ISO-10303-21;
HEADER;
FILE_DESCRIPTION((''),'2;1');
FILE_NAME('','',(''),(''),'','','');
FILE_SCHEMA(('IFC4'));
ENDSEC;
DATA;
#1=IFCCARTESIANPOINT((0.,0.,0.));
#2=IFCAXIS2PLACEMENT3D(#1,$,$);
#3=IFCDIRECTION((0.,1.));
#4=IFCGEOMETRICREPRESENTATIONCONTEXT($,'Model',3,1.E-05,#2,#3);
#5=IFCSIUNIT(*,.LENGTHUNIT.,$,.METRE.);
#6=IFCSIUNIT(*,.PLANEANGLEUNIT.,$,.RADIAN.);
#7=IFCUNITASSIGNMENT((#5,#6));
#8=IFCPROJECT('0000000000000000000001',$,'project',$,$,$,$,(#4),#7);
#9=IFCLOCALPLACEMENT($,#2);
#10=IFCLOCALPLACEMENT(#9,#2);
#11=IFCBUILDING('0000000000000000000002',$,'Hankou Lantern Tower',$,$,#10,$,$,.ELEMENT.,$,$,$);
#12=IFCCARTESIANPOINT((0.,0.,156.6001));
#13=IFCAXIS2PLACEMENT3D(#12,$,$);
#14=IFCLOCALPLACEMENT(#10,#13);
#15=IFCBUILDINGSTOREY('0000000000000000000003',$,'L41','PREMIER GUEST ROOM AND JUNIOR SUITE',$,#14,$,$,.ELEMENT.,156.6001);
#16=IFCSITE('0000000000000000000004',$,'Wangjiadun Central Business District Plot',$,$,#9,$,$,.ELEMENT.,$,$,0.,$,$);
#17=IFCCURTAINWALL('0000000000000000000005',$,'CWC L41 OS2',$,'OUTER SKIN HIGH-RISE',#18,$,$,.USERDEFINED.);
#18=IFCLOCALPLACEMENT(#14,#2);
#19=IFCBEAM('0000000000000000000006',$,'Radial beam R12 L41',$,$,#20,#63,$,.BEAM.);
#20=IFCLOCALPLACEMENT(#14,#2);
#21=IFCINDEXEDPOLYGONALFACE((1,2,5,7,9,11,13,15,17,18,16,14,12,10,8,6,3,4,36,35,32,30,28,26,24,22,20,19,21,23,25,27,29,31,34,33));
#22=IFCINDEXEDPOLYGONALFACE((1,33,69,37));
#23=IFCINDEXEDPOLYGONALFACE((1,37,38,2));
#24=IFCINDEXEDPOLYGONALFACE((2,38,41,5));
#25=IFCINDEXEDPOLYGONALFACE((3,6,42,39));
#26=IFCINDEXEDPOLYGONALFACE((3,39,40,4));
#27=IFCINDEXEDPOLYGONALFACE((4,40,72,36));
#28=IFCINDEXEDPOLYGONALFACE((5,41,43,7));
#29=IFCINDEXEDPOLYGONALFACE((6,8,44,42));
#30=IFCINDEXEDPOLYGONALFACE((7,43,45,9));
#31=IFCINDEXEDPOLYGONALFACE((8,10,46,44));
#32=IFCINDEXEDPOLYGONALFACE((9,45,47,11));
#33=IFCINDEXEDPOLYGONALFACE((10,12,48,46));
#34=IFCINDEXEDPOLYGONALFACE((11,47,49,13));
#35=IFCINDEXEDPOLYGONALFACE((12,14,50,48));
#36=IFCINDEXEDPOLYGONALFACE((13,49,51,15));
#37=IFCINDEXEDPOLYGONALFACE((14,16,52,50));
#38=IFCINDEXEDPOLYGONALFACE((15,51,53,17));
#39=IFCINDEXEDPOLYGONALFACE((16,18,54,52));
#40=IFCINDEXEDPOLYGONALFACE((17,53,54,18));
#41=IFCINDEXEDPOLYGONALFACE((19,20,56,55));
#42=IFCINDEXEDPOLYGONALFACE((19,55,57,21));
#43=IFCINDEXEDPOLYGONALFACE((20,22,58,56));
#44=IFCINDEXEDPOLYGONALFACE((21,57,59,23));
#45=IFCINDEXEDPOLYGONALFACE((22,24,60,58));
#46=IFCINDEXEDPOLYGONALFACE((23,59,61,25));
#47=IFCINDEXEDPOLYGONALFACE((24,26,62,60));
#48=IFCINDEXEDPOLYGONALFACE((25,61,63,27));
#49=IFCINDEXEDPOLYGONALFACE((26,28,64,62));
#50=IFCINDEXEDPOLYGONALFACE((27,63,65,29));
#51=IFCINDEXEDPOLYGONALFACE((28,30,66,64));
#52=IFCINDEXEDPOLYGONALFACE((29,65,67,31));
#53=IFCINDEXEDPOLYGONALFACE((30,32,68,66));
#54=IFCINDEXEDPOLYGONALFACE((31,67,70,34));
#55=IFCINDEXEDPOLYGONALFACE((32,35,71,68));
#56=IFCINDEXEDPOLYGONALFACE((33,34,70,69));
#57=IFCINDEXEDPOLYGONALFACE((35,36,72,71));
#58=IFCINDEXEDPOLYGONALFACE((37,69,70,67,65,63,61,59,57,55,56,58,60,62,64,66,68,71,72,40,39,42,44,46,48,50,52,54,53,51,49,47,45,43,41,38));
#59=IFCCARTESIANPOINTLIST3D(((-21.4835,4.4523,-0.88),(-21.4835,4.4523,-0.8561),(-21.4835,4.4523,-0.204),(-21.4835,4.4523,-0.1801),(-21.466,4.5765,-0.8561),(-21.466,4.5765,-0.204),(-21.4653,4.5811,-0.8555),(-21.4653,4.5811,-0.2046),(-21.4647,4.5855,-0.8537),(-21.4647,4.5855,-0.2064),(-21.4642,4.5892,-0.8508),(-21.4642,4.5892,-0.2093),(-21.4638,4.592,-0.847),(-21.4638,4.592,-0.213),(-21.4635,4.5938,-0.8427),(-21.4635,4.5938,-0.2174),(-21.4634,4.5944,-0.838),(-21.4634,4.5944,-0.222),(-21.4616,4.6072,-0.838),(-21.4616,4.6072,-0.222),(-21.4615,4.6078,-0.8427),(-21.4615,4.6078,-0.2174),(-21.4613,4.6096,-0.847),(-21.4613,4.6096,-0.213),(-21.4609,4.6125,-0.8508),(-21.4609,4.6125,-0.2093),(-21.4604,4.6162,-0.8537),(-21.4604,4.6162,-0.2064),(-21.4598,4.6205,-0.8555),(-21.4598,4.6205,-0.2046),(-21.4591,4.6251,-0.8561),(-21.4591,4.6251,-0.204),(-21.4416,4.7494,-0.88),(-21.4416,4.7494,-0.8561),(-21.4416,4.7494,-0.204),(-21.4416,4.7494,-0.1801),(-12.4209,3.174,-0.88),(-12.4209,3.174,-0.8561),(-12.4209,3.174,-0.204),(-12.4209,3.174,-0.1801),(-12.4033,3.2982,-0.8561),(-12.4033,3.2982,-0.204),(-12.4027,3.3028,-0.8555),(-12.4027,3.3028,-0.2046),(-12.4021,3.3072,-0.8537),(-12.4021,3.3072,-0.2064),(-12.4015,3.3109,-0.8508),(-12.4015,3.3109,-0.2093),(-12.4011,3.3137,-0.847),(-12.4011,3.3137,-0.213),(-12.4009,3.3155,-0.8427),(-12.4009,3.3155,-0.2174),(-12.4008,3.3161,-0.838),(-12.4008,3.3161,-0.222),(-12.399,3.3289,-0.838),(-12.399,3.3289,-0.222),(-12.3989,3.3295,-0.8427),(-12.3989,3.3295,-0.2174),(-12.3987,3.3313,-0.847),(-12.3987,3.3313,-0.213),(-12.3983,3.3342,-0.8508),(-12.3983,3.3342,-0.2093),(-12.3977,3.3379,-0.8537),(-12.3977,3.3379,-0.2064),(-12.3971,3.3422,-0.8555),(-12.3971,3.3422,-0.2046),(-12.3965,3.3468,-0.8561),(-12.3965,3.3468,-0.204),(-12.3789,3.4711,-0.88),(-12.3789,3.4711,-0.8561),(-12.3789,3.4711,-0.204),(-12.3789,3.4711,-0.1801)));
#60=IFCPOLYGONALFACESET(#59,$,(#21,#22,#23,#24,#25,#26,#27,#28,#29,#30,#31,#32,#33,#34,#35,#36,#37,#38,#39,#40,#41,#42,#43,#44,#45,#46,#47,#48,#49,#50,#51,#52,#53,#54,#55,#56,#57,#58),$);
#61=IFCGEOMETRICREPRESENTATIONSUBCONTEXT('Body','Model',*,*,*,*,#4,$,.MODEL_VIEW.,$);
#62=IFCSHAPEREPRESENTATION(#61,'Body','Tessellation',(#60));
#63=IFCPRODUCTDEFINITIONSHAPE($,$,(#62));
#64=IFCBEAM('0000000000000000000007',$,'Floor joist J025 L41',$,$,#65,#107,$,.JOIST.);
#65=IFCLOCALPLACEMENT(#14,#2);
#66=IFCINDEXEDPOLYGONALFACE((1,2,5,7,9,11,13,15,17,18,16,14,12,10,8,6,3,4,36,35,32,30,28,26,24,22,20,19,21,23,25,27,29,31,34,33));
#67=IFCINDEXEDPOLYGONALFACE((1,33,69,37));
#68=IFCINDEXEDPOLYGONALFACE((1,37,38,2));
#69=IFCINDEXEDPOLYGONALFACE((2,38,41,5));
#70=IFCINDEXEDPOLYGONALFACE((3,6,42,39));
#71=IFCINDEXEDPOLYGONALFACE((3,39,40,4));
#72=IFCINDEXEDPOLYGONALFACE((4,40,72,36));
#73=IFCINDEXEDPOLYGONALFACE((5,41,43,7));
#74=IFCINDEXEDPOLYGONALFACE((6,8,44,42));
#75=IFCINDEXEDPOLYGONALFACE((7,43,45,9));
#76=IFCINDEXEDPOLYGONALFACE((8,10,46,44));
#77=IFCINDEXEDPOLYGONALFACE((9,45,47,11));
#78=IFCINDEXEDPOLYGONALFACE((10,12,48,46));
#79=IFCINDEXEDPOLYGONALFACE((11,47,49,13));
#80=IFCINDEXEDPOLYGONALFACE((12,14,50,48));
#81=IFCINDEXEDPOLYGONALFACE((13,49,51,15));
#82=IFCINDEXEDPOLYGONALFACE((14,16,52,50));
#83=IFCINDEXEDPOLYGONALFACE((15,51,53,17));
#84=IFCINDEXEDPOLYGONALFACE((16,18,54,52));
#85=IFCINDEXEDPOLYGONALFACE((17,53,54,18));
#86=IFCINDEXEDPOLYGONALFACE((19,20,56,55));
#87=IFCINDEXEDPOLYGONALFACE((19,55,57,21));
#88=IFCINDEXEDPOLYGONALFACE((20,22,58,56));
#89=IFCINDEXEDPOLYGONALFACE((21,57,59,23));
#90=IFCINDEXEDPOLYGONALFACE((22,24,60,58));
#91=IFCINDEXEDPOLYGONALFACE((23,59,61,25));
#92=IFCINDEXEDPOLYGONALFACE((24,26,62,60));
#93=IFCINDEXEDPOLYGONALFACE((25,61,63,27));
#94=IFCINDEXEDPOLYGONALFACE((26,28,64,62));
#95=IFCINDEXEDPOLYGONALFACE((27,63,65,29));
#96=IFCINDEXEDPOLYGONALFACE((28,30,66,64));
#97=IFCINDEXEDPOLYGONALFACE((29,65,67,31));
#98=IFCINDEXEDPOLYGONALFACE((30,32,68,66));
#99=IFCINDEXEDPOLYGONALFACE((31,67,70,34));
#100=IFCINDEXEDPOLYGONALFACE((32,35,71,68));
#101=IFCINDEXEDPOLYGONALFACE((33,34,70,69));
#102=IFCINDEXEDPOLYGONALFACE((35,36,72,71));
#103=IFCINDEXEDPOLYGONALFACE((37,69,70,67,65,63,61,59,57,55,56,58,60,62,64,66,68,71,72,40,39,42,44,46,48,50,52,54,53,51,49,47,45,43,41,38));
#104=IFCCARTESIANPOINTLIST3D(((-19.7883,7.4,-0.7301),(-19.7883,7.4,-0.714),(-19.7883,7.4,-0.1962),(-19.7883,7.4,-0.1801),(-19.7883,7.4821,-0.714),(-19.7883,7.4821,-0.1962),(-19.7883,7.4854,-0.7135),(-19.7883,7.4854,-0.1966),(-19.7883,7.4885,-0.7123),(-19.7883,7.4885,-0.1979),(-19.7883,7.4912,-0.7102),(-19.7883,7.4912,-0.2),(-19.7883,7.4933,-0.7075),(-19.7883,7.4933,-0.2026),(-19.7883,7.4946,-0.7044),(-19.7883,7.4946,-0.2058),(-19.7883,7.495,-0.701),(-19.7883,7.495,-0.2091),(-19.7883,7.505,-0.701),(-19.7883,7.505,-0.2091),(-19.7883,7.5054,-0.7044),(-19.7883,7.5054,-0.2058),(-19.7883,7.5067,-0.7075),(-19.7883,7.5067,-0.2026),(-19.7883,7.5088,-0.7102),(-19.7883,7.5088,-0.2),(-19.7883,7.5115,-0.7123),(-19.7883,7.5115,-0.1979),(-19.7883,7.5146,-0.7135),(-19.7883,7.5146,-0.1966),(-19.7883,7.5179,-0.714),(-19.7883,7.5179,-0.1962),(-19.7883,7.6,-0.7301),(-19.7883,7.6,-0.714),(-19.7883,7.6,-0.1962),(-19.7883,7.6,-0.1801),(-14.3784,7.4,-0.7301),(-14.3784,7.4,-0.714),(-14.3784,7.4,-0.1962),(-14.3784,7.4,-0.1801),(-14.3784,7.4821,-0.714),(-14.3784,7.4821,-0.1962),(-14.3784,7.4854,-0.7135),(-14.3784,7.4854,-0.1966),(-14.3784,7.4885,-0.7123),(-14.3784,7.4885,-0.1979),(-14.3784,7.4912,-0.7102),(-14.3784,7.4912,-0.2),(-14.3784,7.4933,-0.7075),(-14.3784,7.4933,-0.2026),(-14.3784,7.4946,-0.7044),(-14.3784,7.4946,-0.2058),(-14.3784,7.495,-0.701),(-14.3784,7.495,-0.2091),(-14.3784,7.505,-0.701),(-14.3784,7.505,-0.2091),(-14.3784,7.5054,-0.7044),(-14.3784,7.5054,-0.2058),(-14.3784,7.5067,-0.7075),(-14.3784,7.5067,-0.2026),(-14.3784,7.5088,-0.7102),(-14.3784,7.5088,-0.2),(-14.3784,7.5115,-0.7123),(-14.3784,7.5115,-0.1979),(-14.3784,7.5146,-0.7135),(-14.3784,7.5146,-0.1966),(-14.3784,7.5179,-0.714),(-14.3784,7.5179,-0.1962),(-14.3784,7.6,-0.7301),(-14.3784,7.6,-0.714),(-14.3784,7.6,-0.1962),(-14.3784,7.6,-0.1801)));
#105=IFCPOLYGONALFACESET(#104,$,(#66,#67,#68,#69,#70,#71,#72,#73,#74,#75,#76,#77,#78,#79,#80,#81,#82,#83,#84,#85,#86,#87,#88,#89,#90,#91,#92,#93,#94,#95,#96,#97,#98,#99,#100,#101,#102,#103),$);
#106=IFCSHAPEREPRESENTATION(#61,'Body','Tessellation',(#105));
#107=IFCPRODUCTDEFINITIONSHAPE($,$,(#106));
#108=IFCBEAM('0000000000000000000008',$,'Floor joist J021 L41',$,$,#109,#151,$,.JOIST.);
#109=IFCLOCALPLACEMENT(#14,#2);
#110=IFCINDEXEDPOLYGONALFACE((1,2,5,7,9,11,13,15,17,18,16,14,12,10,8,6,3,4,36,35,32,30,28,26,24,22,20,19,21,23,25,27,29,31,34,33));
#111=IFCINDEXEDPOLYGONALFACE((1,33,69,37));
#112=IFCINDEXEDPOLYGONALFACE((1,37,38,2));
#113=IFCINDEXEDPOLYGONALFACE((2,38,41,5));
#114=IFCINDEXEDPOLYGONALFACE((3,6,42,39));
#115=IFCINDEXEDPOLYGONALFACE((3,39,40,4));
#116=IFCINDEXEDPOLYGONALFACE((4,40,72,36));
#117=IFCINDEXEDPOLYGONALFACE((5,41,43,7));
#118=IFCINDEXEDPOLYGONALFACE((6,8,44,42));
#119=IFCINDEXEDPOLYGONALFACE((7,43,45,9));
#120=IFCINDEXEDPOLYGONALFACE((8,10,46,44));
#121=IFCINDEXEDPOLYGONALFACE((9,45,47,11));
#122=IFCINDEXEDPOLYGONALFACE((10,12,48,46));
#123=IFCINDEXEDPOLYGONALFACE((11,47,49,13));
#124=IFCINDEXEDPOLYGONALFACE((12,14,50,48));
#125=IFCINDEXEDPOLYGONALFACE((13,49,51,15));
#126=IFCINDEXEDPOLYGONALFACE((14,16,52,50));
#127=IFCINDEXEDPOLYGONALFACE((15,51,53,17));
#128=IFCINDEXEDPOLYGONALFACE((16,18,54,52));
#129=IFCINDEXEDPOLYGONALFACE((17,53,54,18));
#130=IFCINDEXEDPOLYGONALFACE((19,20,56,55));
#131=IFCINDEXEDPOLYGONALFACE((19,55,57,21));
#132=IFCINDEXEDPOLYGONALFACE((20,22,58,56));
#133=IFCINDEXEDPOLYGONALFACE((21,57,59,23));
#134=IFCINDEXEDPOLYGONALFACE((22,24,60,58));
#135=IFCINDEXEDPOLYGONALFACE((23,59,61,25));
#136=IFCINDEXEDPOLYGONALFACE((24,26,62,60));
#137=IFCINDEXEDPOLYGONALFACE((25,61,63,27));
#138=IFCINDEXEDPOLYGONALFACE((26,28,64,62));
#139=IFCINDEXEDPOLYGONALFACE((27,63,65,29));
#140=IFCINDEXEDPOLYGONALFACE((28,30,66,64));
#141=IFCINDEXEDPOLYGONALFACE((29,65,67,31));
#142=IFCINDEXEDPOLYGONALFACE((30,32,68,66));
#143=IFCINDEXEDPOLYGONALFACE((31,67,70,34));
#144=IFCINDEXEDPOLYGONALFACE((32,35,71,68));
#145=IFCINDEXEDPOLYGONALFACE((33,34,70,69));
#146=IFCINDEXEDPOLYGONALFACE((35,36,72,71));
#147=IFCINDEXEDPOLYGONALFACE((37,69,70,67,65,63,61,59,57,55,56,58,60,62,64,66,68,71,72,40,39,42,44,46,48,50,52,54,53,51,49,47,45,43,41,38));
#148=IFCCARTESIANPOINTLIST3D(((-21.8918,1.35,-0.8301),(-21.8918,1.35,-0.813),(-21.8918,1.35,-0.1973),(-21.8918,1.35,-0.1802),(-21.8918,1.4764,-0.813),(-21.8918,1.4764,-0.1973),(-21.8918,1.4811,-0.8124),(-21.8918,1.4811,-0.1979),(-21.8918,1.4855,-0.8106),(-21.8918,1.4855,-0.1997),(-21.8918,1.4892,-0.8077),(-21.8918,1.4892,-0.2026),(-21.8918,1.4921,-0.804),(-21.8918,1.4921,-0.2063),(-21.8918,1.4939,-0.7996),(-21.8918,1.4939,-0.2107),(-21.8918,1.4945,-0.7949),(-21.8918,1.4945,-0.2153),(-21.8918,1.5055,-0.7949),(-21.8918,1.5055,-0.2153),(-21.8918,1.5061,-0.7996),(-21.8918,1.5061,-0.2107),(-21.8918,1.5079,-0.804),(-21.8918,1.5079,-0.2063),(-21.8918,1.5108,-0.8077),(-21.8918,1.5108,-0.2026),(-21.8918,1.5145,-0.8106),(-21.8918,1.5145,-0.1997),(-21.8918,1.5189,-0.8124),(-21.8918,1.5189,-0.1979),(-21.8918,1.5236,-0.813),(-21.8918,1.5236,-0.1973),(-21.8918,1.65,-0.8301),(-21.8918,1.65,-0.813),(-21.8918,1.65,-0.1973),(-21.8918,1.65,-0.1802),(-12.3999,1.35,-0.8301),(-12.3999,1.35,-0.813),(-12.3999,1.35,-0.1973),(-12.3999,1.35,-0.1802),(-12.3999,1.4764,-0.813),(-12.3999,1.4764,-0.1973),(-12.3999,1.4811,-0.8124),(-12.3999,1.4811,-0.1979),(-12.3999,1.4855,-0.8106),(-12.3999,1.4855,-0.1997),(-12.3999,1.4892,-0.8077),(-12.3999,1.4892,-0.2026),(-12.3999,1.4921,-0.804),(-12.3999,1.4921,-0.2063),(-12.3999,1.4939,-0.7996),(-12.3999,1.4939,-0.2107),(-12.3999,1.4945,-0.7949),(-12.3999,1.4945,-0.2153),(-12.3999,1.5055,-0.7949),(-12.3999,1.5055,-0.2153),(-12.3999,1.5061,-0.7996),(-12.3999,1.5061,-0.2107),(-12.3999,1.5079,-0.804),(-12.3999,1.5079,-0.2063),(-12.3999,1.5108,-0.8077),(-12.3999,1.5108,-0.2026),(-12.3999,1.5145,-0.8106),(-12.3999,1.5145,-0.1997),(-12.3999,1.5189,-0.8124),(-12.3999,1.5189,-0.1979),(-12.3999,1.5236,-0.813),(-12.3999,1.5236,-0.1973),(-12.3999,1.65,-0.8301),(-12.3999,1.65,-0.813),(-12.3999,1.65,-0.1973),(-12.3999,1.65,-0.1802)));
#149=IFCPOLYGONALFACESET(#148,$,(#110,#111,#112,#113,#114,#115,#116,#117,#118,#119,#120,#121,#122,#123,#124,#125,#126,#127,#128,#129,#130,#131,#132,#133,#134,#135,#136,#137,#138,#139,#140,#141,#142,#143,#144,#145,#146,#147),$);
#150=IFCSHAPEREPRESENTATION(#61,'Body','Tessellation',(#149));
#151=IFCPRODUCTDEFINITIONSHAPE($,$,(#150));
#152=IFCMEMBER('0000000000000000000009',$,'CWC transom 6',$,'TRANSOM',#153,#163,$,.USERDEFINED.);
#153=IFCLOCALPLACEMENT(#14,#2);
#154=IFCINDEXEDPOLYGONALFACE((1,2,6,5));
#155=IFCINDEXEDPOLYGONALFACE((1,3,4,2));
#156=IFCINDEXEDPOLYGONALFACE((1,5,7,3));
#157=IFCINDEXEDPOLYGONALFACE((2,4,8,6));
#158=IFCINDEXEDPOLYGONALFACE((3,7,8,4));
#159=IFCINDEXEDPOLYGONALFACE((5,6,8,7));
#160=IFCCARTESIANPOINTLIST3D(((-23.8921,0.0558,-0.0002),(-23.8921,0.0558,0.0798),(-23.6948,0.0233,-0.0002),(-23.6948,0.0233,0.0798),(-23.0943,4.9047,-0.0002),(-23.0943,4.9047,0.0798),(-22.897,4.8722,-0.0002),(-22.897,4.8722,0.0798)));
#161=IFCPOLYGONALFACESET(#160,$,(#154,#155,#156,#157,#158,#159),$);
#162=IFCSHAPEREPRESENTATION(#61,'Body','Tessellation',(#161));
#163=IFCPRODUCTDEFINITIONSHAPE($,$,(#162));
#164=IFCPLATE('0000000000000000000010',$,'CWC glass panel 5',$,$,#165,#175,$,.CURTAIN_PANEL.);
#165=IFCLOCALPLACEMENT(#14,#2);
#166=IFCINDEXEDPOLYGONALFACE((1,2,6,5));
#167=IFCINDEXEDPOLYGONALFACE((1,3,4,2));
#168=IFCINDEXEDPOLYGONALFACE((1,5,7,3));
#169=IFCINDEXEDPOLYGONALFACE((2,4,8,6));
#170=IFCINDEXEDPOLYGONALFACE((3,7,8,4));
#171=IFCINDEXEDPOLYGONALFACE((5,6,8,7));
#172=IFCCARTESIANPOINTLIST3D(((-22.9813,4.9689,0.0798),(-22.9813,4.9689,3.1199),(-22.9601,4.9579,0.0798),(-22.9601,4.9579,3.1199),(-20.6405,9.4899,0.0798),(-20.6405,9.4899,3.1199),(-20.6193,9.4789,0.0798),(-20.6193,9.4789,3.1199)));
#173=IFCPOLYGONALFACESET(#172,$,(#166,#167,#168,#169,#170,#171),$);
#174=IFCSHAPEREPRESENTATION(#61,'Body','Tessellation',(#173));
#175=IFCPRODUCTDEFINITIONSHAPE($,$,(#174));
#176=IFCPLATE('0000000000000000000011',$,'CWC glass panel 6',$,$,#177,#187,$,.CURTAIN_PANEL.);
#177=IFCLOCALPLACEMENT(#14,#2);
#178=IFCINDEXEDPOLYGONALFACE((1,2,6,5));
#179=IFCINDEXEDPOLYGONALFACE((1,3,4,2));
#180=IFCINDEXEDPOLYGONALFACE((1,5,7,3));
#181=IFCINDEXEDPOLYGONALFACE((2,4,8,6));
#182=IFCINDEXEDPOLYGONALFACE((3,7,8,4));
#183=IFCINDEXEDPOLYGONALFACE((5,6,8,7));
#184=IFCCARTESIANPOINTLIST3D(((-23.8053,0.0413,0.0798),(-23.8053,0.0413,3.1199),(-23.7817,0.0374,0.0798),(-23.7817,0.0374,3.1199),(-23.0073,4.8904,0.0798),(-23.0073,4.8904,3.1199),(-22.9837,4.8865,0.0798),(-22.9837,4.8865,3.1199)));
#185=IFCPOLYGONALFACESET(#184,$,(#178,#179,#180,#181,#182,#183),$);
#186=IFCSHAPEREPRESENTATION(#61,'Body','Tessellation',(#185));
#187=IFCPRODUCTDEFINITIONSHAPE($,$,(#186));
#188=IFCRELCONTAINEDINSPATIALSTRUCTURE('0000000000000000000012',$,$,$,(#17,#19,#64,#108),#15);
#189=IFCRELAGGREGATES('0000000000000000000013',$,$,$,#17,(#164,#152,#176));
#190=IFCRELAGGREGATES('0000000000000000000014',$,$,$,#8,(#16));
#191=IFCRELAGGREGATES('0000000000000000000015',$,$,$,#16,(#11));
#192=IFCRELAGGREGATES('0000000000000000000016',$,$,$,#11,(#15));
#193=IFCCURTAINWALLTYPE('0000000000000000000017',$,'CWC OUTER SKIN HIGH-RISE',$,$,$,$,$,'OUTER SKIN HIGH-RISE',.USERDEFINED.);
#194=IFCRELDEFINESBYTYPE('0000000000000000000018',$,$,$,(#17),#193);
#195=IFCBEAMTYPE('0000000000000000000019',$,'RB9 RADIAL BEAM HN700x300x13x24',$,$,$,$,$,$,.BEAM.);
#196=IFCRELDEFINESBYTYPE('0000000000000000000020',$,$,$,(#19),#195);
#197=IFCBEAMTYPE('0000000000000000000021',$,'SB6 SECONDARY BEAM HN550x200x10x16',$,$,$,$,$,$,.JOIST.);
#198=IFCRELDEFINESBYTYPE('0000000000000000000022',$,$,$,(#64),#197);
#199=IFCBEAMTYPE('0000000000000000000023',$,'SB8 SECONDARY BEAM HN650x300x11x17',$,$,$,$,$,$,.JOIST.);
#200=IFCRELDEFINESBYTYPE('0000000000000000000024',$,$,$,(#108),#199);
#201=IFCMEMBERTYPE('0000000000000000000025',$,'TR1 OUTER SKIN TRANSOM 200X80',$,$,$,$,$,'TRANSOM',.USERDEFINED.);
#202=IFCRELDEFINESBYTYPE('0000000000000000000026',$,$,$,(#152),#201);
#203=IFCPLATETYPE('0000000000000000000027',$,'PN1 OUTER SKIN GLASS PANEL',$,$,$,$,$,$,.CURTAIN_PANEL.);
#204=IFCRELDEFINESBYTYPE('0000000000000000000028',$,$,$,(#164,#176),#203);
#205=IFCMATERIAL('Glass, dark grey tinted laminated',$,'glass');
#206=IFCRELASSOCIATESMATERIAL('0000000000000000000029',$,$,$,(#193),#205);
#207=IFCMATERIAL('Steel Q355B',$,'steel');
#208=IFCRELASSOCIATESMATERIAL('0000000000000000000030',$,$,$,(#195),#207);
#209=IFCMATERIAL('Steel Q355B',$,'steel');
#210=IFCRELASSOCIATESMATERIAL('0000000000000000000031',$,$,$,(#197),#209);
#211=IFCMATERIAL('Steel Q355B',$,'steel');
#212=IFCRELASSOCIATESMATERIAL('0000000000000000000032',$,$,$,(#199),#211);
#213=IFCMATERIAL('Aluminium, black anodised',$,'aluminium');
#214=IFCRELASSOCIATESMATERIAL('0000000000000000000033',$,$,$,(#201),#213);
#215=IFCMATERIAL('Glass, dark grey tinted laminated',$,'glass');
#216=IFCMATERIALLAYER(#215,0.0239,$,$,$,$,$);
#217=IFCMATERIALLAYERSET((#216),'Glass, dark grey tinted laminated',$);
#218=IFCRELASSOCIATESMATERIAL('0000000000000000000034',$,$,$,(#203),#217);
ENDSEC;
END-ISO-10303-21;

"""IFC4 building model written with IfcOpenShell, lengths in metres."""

from ifc_helpers import new_model, si_unit, direction, frame, origin, origin_2d, place, context, subcontext, project, spatial, rectangle, i_section, extrude, material, layer, layer_set, material_profile, profile_set, type_object, element, aggregate, save


model = new_model("IFC4")

# Units and contexts
model_context = context("Model", 3, precision=1e-05, world=origin(), true_north=direction((0.0, 1.0)))
body_context = subcontext(model_context, "Body", "Model", "MODEL_VIEW")
ifc_project = project(units=[si_unit("LENGTHUNIT", "METRE"), si_unit("PLANEANGLEUNIT", "RADIAN")], contexts=[model_context])

# Site, building, storey
site_placement = place(None, origin())
site = spatial("IfcSite", under=ifc_project, at=site_placement, Name="Wangjiadun Central Business District Plot", CompositionType="ELEMENT", RefElevation=0.0)
building_placement = place(site_placement, origin())
building = spatial("IfcBuilding", under=site, at=building_placement, Name="Hankou Lantern Tower", CompositionType="ELEMENT")
storey_placement = place(building_placement, frame((0.0, 0.0, 156.6001)))
storey = spatial("IfcBuildingStorey", under=building, at=storey_placement, Name="L41", Description="PREMIER GUEST ROOM AND JUNIOR SUITE", CompositionType="ELEMENT", Elevation=156.6001)

# Curtain wall
ifc_material_1 = material(Name="Glass, dark grey tinted laminated", Category="glass")
curtain_wall_type = type_object("IfcCurtainWallType", Name="CWC OUTER SKIN HIGH-RISE", ElementType="OUTER SKIN HIGH-RISE", PredefinedType="USERDEFINED", material=ifc_material_1)
curtain_wall_placement = place(storey_placement, origin())
curtain_wall = element("IfcCurtainWall", 1, at=curtain_wall_placement, inside=storey, type_object=curtain_wall_type, Name="CWC L41 OS2", ObjectType="OUTER SKIN HIGH-RISE", PredefinedType="USERDEFINED")

# Beams
ifc_material_2 = material(Name="Steel Q355B", Category="steel")
ifc_material_profile_1 = material_profile(ifc_material_2, i_section(OverallWidth=0.3, OverallDepth=0.7, WebThickness=0.0129, FlangeThickness=0.0239, FilletRadius=0.0181, at=origin_2d()), Name="HN700x300x13x24")
ifc_profile_set_1 = profile_set([ifc_material_profile_1], Name="Steel Q355B")
beam_type_1 = type_object("IfcBeamType", Name="RB9 RADIAL BEAM HN700x300x13x24", PredefinedType="BEAM", material=ifc_profile_set_1)
beam_1_placement = place(storey_placement, frame((-12.3999, 3.3225, -0.53), z_axis=(-0.990198, 0.13967, 0.0), x_axis=(-0.13967, -0.990198, 0.0)))
element("IfcBeam", 2, at=beam_1_placement, inside=storey, type_object=beam_type_1, Name="Radial beam R12 L41", PredefinedType="BEAM", context=body_context, shape_type="SweptSolid", body=[
    extrude(i_section(OverallWidth=0.3, OverallDepth=0.7, WebThickness=0.0129, FlangeThickness=0.0239, FilletRadius=0.0181, at=origin_2d()), origin(), (0.0, 0.0, 1.0), 9.1523),
])
ifc_material_3 = material(Name="Steel Q355B", Category="steel")
ifc_material_profile_2 = material_profile(ifc_material_3, i_section(OverallWidth=0.2, OverallDepth=0.55, WebThickness=0.01, FlangeThickness=0.0161, FilletRadius=0.0129, at=origin_2d()), Name="HN550x200x10x16")
ifc_profile_set_2 = profile_set([ifc_material_profile_2], Name="Steel Q355B")
beam_type_2 = type_object("IfcBeamType", Name="SB6 SECONDARY BEAM HN550x200x10x16", PredefinedType="JOIST", material=ifc_profile_set_2)
beam_2_placement = place(storey_placement, frame((-19.7883, 7.5, -0.4551), z_axis=(1.0, 0.0, 0.0), x_axis=(0.0, 1.0, 0.0)))
element("IfcBeam", 3, at=beam_2_placement, inside=storey, type_object=beam_type_2, Name="Floor joist J025 L41", PredefinedType="JOIST", context=body_context, shape_type="SweptSolid", body=[
    extrude(i_section(OverallWidth=0.2, OverallDepth=0.55, WebThickness=0.01, FlangeThickness=0.0161, FilletRadius=0.0129, at=origin_2d()), origin(), (0.0, 0.0, 1.0), 5.4099),
])
ifc_material_4 = material(Name="Steel Q355B", Category="steel")
ifc_material_profile_3 = material_profile(ifc_material_4, i_section(OverallWidth=0.3, OverallDepth=0.6499, WebThickness=0.011, FlangeThickness=0.0171, FilletRadius=0.0181, at=origin_2d()), Name="HN650x300x11x17")
ifc_profile_set_3 = profile_set([ifc_material_profile_3], Name="Steel Q355B")
beam_type_3 = type_object("IfcBeamType", Name="SB8 SECONDARY BEAM HN650x300x11x17", PredefinedType="JOIST", material=ifc_profile_set_3)
beam_3_placement = place(storey_placement, frame((-21.8918, 1.5, -0.5051), z_axis=(1.0, 0.0, 0.0), x_axis=(0.0, 1.0, 0.0)))
element("IfcBeam", 4, at=beam_3_placement, inside=storey, type_object=beam_type_3, Name="Floor joist J021 L41", PredefinedType="JOIST", context=body_context, shape_type="SweptSolid", body=[
    extrude(i_section(OverallWidth=0.3, OverallDepth=0.6499, WebThickness=0.011, FlangeThickness=0.0171, FilletRadius=0.0181, at=origin_2d()), origin(), (0.0, 0.0, 1.0), 9.4919),
])

# Member
ifc_material_5 = material(Name="Aluminium, black anodised", Category="aluminium")
ifc_material_profile_4 = material_profile(ifc_material_5, rectangle(XDim=0.2, YDim=0.0801, at=origin_2d()), Name="TR1 200X80")
ifc_profile_set_4 = profile_set([ifc_material_profile_4], Name="Aluminium, black anodised")
member_type_1 = type_object("IfcMemberType", Name="TR1 OUTER SKIN TRANSOM 200X80", ElementType="TRANSOM", PredefinedType="USERDEFINED", material=ifc_profile_set_4)
member_1_placement = place(storey_placement, frame((-22.9956, 4.8884, 0.0398), z_axis=(-0.16236, -0.986732, 0.0), x_axis=(0.986732, -0.16236, 0.0)))
member_1 = element("IfcMember", 5, at=member_1_placement, type_object=member_type_1, Name="CWC transom 6", ObjectType="TRANSOM", PredefinedType="USERDEFINED", context=body_context, shape_type="SweptSolid", body=[
    extrude(rectangle(XDim=0.2, YDim=0.0801, at=origin_2d()), origin(), (0.0, 0.0, 1.0), 4.9141),
])

# Plates
ifc_material_6 = material(Name="Glass, dark grey tinted laminated", Category="glass")
ifc_layer_1 = layer(ifc_material_6, 0.0239)
ifc_layer_set_1 = layer_set([ifc_layer_1], Name="Glass, dark grey tinted laminated")
plate_type = type_object("IfcPlateType", Name="PN1 OUTER SKIN GLASS PANEL", PredefinedType="CURTAIN_PANEL", material=ifc_layer_set_1)
plate_1_placement = place(storey_placement, frame((-21.8003, 7.2239, 0.0798), z_axis=(0.0, 0.0, 1.0), x_axis=(-0.459791, -0.888027, 0.0)))
plate_1 = element("IfcPlate", 6, at=plate_1_placement, type_object=plate_type, Name="CWC glass panel 5", PredefinedType="CURTAIN_PANEL", context=body_context, shape_type="SweptSolid", body=[
    extrude(rectangle(XDim=5.0911, YDim=0.0239, at=origin_2d()), origin(), (0.0, 0.0, 1.0), 3.04),
])
plate_2_placement = place(storey_placement, frame((-23.3945, 2.4639, 0.0798), z_axis=(0.0, 0.0, 1.0), x_axis=(-0.162382, -0.986728, 0.0)))
plate_2 = element("IfcPlate", 7, at=plate_2_placement, type_object=plate_type, Name="CWC glass panel 6", PredefinedType="CURTAIN_PANEL", context=body_context, shape_type="SweptSolid", body=[
    extrude(rectangle(XDim=4.9143, YDim=0.0239, at=origin_2d()), origin(), (0.0, 0.0, 1.0), 3.04),
])
aggregate(curtain_wall, [plate_1, member_1, plate_2])

save(model, "model.ifc")
